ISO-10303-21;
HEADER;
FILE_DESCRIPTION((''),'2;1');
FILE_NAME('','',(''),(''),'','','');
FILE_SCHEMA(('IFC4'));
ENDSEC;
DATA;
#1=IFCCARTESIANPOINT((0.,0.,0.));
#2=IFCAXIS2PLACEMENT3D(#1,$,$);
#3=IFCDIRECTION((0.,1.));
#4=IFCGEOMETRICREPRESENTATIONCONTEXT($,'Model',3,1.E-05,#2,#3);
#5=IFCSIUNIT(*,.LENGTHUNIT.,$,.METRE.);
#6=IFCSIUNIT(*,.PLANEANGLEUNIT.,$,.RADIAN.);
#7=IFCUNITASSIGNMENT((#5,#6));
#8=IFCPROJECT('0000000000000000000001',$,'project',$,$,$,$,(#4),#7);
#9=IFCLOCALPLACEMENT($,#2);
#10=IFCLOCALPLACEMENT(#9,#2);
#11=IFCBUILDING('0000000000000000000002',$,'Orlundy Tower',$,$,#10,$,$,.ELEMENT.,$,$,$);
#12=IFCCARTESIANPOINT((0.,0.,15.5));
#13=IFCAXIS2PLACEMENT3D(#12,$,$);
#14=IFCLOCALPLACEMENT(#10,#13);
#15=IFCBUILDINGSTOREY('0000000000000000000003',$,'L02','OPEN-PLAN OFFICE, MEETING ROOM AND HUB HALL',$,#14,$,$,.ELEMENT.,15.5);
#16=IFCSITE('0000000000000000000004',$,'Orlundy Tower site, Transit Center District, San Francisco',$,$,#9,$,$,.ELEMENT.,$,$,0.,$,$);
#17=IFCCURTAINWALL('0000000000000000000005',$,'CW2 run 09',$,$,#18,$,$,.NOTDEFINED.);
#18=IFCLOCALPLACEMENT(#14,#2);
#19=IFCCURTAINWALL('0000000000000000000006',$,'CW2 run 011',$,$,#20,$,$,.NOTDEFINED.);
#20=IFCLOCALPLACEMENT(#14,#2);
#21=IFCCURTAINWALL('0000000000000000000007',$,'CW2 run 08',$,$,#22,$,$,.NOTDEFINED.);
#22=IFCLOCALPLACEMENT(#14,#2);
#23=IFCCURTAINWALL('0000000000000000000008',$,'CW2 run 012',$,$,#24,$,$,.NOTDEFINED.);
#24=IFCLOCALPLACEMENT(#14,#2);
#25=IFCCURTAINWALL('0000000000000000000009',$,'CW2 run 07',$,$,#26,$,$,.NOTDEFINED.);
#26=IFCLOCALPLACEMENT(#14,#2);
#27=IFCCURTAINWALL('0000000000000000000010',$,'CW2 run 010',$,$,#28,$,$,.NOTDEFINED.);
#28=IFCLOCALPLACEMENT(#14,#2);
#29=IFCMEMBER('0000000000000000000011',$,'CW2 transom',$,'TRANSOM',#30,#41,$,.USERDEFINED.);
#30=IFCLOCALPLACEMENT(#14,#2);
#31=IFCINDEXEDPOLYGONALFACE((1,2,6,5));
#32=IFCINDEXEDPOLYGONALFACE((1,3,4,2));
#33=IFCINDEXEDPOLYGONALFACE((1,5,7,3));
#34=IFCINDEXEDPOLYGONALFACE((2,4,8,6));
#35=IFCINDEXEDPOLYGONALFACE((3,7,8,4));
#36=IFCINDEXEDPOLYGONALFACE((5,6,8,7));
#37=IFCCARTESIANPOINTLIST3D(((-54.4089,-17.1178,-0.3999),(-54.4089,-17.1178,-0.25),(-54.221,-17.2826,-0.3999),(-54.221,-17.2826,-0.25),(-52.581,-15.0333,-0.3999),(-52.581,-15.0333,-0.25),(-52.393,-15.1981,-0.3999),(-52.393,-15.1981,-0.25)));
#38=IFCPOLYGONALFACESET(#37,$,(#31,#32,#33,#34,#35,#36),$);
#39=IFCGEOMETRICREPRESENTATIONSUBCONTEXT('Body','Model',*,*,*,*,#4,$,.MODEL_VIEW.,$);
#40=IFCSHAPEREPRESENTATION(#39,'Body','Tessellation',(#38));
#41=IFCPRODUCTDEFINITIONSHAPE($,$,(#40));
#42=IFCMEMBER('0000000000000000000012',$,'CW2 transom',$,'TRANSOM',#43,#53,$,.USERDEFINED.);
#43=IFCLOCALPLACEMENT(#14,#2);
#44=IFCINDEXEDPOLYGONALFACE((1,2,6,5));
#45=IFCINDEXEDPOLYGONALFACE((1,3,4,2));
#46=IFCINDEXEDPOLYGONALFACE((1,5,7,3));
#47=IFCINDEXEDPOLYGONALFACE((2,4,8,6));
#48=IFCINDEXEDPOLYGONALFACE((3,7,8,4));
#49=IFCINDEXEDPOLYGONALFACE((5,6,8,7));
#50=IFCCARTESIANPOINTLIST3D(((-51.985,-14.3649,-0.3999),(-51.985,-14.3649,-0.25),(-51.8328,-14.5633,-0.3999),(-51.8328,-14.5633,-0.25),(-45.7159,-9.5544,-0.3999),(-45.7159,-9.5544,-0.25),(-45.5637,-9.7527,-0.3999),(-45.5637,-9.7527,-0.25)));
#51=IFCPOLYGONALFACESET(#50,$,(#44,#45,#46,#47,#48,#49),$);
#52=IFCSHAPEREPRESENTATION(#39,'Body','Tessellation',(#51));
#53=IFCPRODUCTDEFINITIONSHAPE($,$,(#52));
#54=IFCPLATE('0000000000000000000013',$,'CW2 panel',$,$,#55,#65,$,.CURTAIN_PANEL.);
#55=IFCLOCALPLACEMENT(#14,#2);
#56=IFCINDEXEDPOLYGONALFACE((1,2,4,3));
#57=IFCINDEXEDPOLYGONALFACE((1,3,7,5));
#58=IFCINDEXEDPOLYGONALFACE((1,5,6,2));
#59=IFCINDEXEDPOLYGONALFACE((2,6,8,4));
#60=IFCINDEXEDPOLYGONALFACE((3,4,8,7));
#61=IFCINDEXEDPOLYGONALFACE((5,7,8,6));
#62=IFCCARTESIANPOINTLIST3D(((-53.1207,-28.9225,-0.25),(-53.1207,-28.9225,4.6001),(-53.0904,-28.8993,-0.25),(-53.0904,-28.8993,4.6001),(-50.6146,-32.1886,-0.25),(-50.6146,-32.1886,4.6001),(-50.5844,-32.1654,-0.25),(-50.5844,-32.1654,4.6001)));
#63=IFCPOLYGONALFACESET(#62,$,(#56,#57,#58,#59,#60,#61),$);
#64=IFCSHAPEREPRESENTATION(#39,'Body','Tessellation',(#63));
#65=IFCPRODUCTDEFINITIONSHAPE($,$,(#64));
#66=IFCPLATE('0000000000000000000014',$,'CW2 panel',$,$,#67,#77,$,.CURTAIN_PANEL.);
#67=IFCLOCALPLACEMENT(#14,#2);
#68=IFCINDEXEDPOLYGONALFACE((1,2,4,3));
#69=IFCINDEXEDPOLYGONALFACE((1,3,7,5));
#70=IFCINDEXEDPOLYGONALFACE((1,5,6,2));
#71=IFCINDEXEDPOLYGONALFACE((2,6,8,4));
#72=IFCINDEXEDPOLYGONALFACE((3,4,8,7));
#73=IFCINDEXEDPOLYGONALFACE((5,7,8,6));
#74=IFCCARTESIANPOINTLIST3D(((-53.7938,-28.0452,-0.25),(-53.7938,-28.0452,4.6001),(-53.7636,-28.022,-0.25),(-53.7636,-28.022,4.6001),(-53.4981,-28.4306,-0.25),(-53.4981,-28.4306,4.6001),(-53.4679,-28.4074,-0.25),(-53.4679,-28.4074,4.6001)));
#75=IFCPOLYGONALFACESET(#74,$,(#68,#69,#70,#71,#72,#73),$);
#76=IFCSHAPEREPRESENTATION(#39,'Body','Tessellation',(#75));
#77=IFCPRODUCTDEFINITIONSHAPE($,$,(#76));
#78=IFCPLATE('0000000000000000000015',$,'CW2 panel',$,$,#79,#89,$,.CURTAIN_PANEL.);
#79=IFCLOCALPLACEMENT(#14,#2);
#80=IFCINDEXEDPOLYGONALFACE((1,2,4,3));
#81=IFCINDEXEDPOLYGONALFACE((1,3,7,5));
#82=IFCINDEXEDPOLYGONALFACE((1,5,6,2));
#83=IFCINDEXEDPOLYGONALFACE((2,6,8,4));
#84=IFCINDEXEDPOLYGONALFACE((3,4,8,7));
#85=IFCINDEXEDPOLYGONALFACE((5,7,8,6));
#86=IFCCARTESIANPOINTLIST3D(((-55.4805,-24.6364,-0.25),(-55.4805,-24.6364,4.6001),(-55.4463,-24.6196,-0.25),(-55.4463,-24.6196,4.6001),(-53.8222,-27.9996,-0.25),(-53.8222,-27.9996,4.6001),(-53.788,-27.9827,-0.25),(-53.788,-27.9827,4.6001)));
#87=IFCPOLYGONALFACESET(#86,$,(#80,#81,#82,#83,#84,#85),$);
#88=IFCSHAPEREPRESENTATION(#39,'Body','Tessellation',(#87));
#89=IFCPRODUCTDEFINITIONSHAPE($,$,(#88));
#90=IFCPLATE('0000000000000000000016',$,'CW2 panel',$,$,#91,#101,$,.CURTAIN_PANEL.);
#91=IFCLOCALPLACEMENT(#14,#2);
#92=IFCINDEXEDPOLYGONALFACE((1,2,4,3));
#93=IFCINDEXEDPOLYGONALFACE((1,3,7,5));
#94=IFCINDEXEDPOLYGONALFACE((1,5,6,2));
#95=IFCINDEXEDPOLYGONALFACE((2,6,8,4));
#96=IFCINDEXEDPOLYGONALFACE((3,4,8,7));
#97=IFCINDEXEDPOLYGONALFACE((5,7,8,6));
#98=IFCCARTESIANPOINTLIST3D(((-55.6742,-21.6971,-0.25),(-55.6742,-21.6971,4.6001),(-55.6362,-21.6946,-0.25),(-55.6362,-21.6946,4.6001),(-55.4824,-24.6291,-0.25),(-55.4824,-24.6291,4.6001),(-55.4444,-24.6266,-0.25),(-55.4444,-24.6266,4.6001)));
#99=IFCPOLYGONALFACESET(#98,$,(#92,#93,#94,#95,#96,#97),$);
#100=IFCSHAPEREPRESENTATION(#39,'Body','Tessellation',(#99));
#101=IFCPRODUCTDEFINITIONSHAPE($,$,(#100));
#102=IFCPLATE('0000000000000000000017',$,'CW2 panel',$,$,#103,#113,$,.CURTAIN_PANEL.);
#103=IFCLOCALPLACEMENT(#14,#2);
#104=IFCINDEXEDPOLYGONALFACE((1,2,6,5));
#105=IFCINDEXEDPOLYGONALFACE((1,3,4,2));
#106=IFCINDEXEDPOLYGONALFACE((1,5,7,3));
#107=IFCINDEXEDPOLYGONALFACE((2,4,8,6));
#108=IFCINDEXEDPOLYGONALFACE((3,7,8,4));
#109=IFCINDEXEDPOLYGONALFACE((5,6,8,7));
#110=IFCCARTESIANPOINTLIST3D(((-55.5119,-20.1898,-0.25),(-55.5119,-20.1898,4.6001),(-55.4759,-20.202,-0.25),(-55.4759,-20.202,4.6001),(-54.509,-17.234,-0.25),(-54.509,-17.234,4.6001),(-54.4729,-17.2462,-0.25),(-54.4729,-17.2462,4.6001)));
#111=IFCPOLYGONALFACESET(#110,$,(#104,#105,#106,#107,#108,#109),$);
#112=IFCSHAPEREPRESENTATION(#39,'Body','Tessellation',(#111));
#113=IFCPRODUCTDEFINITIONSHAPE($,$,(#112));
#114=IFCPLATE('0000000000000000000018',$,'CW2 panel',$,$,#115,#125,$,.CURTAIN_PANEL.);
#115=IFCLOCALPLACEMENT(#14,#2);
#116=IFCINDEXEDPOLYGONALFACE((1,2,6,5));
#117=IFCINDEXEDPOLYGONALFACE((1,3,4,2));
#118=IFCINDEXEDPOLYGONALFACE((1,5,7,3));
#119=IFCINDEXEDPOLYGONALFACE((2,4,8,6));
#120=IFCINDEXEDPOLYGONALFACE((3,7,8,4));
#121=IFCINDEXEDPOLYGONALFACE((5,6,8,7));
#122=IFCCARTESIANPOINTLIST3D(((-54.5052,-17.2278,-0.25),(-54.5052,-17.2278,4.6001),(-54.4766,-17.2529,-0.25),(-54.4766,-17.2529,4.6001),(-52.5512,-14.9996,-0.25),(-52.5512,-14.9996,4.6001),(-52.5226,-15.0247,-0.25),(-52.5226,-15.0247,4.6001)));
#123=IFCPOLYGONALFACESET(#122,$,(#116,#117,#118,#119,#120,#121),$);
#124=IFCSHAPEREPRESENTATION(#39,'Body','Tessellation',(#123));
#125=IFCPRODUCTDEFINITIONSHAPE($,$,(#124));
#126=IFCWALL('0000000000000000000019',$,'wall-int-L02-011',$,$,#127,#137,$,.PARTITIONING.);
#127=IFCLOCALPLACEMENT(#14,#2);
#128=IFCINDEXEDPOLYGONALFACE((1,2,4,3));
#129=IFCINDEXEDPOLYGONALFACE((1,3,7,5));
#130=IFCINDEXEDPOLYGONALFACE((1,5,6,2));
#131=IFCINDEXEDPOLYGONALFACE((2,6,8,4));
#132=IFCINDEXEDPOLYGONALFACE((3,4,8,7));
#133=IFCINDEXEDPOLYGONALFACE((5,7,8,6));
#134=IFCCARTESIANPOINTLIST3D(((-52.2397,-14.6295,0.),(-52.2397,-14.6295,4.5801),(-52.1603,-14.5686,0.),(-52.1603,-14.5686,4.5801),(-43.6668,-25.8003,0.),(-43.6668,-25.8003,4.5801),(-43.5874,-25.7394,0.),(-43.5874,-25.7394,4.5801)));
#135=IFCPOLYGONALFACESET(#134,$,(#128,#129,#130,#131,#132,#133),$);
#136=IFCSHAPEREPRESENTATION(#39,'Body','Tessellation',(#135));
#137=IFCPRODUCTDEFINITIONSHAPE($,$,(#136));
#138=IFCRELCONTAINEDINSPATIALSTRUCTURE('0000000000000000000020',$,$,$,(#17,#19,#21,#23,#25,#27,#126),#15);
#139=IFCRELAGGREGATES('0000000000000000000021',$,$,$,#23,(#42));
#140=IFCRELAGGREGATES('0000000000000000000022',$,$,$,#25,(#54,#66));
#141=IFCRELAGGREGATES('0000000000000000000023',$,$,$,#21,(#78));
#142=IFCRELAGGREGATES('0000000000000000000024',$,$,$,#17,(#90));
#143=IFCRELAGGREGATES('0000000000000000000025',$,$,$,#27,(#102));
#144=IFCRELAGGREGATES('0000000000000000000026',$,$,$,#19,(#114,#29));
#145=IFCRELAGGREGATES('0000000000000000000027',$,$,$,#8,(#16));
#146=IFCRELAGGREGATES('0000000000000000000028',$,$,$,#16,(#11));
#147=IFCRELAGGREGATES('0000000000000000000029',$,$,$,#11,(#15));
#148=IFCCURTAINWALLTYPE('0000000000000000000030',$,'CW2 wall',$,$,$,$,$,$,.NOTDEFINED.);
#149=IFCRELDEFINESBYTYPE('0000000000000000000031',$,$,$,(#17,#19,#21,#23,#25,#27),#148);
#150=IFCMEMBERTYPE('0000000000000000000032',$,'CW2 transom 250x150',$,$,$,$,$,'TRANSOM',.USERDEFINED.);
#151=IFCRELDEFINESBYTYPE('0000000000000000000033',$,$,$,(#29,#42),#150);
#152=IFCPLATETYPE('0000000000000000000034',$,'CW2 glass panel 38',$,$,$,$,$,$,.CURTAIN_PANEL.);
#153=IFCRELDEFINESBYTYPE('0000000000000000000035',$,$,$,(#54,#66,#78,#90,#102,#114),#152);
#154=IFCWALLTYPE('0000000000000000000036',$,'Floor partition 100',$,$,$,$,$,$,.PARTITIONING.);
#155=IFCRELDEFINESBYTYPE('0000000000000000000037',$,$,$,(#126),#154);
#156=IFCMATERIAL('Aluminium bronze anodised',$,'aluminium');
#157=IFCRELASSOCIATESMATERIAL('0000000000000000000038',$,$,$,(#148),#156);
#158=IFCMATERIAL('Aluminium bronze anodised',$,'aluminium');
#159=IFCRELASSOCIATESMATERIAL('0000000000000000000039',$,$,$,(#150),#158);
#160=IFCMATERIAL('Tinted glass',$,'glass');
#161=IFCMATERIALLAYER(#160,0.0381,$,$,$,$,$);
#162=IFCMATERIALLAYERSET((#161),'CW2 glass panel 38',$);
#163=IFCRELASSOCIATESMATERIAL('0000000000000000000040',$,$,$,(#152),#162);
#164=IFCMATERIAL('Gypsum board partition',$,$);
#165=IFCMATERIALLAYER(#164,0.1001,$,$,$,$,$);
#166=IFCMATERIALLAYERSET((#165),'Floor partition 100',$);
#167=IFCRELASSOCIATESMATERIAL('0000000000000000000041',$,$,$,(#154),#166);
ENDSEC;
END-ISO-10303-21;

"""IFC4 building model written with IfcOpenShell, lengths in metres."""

from ifc_helpers import new_model, si_unit, direction, frame, frame_2d, origin, origin_2d, place, context, subcontext, project, spatial, rectangle, extrude, material, layer, layer_set, material_profile, profile_set, type_object, element, aggregate, save


model = new_model("IFC4")

# Units and contexts
model_context = context("Model", 3, precision=1e-05, world=origin(), true_north=direction((0.0, 1.0)))
body_context = subcontext(model_context, "Body", "Model", "MODEL_VIEW")
ifc_project = project(units=[si_unit("LENGTHUNIT", "METRE"), si_unit("PLANEANGLEUNIT", "RADIAN")], contexts=[model_context])

# Site, building, storey
site_placement = place(None, origin())
site = spatial("IfcSite", under=ifc_project, at=site_placement, Name="Orlundy Tower site, Transit Center District, San Francisco", CompositionType="ELEMENT", RefElevation=0.0)
building_placement = place(site_placement, origin())
building = spatial("IfcBuilding", under=site, at=building_placement, Name="Orlundy Tower", CompositionType="ELEMENT")
storey_placement = place(building_placement, frame((0.0, 0.0, 15.5)))
storey = spatial("IfcBuildingStorey", under=building, at=storey_placement, Name="L02", Description="OPEN-PLAN OFFICE, MEETING ROOM AND HUB HALL", CompositionType="ELEMENT", Elevation=15.5)

# Curtain walls
ifc_material_1 = material(Name="Aluminium bronze anodised", Category="aluminium")
curtain_wall_type = type_object("IfcCurtainWallType", Name="CW2 wall", PredefinedType="NOTDEFINED", material=ifc_material_1)
curtain_wall_1_placement = place(storey_placement, origin())
curtain_wall_1 = element("IfcCurtainWall", 1, at=curtain_wall_1_placement, inside=storey, type_object=curtain_wall_type, Name="CW2 run 09", PredefinedType="NOTDEFINED")
curtain_wall_2_placement = place(storey_placement, origin())
curtain_wall_2 = element("IfcCurtainWall", 2, at=curtain_wall_2_placement, inside=storey, type_object=curtain_wall_type, Name="CW2 run 011", PredefinedType="NOTDEFINED")
curtain_wall_3_placement = place(storey_placement, origin())
curtain_wall_3 = element("IfcCurtainWall", 3, at=curtain_wall_3_placement, inside=storey, type_object=curtain_wall_type, Name="CW2 run 08", PredefinedType="NOTDEFINED")
curtain_wall_4_placement = place(storey_placement, origin())
curtain_wall_4 = element("IfcCurtainWall", 4, at=curtain_wall_4_placement, inside=storey, type_object=curtain_wall_type, Name="CW2 run 012", PredefinedType="NOTDEFINED")
curtain_wall_5_placement = place(storey_placement, origin())
curtain_wall_5 = element("IfcCurtainWall", 5, at=curtain_wall_5_placement, inside=storey, type_object=curtain_wall_type, Name="CW2 run 07", PredefinedType="NOTDEFINED")
ifc_material_2 = material(Name="Aluminium bronze anodised", Category="aluminium")
ifc_material_profile_1 = material_profile(ifc_material_2, rectangle(XDim=0.25, YDim=0.1499, at=origin_2d()), Name="CW2 transom 250x150")
ifc_profile_set_1 = profile_set([ifc_material_profile_1], Name="Aluminium bronze anodised")
member_type_1 = type_object("IfcMemberType", Name="CW2 transom 250x150", ElementType="TRANSOM", PredefinedType="USERDEFINED", material=ifc_profile_set_1)

# Curtain wall
curtain_wall_6_placement = place(storey_placement, origin())
curtain_wall_6 = element("IfcCurtainWall", 6, at=curtain_wall_6_placement, inside=storey, type_object=curtain_wall_type, Name="CW2 run 010", PredefinedType="NOTDEFINED")

# Members
member_1_placement = place(storey_placement, frame((-54.3149, -17.2002, -0.325), z_axis=(0.659315, 0.751867, 0.0), x_axis=(-0.751867, 0.659315, 0.0)))
member_1 = element("IfcMember", 7, at=member_1_placement, type_object=member_type_1, Name="CW2 transom", ObjectType="TRANSOM", PredefinedType="USERDEFINED", context=body_context, shape_type="SweptSolid", body=[
    extrude(rectangle(XDim=0.25, YDim=0.1499, at=origin_2d()), origin(), (0.0, 0.0, 1.0), 2.7725),
])
member_2_placement = place(storey_placement, frame((-51.9089, -14.4641, -0.325), z_axis=(0.793345, 0.608773, 0.0), x_axis=(-0.608773, 0.793345, 0.0)))
member_2 = element("IfcMember", 8, at=member_2_placement, type_object=member_type_1, Name="CW2 transom", ObjectType="TRANSOM", PredefinedType="USERDEFINED", context=body_context, shape_type="SweptSolid", body=[
    extrude(rectangle(XDim=0.25, YDim=0.1499, at=origin_2d()), origin(), (0.0, 0.0, 1.0), 7.9021),
])
aggregate(curtain_wall_4, [member_2])

# Plates
ifc_material_3 = material(Name="Tinted glass", Category="glass")
ifc_layer_1 = layer(ifc_material_3, 0.0381)
ifc_layer_set_1 = layer_set([ifc_layer_1], Name="CW2 glass panel 38")
plate_type = type_object("IfcPlateType", Name="CW2 glass panel 38", PredefinedType="CURTAIN_PANEL", material=ifc_layer_set_1)
plate_1_placement = place(storey_placement, frame((-51.8525, -30.5439, -0.25), z_axis=(0.0, 0.0, 1.0), x_axis=(-0.608748, 0.793363, 0.0)))
plate_1 = element("IfcPlate", 9, at=plate_1_placement, type_object=plate_type, Name="CW2 panel", PredefinedType="CURTAIN_PANEL", context=body_context, shape_type="SweptSolid", body=[
    extrude(rectangle(XDim=4.1167, YDim=0.0381, at=origin_2d()), origin(), (0.0, 0.0, 1.0), 4.8501),
])
plate_2_placement = place(storey_placement, frame((-53.6309, -28.2263, -0.25), z_axis=(0.0, 0.0, 1.0), x_axis=(-0.608748, 0.793363, 0.0)))
plate_2 = element("IfcPlate", 10, at=plate_2_placement, type_object=plate_type, Name="CW2 panel", PredefinedType="CURTAIN_PANEL", context=body_context, shape_type="SweptSolid", body=[
    extrude(rectangle(XDim=0.4858, YDim=0.0381, at=origin_2d()), origin(), (0.0, 0.0, 1.0), 4.8501),
])
aggregate(curtain_wall_5, [plate_1, plate_2])
plate_3_placement = place(storey_placement, frame((-54.6343, -26.3096, -0.25), z_axis=(0.0, 0.0, 1.0), x_axis=(-0.442242, 0.896896, 0.0)))
plate_3 = element("IfcPlate", 11, at=plate_3_placement, type_object=plate_type, Name="CW2 panel", PredefinedType="CURTAIN_PANEL", context=body_context, shape_type="SweptSolid", body=[
    extrude(rectangle(XDim=3.7498, YDim=0.0381, at=origin_2d()), origin(), (0.0, 0.0, 1.0), 4.8501),
])
aggregate(curtain_wall_3, [plate_3])
plate_4_placement = place(storey_placement, frame((-55.5593, -23.1619, -0.25), z_axis=(0.0, 0.0, 1.0), x_axis=(-0.065284, 0.997867, 0.0)))
plate_4 = element("IfcPlate", 12, at=plate_4_placement, type_object=plate_type, Name="CW2 panel", PredefinedType="CURTAIN_PANEL", context=body_context, shape_type="SweptSolid", body=[
    extrude(rectangle(XDim=2.9382, YDim=0.0381, at=origin_2d()), origin(), (0.0, 0.0, 1.0), 4.8501),
])
aggregate(curtain_wall_1, [plate_4])
plate_5_placement = place(storey_placement, frame((-54.9924, -18.718, -0.25), z_axis=(0.0, 0.0, 1.0), x_axis=(0.321322, 0.94697, 0.0)))
plate_5 = element("IfcPlate", 13, at=plate_5_placement, type_object=plate_type, Name="CW2 panel", PredefinedType="CURTAIN_PANEL", context=body_context, shape_type="SweptSolid", body=[
    extrude(rectangle(XDim=3.1213, YDim=0.0381, at=origin_2d()), origin(), (0.0, 0.0, 1.0), 4.8501),
])
aggregate(curtain_wall_6, [plate_5])
plate_6_placement = place(storey_placement, frame((-53.5139, -16.1262, -0.25), z_axis=(0.0, 0.0, 1.0), x_axis=(0.659325, 0.751858, 0.0)))
plate_6 = element("IfcPlate", 14, at=plate_6_placement, type_object=plate_type, Name="CW2 panel", PredefinedType="CURTAIN_PANEL", context=body_context, shape_type="SweptSolid", body=[
    extrude(rectangle(XDim=2.9636, YDim=0.0381, at=origin_2d()), origin(), (0.0, 0.0, 1.0), 4.8501),
])
aggregate(curtain_wall_2, [plate_6, member_1])

# Wall
ifc_material_4 = material(Name="Gypsum board partition")
ifc_layer_2 = layer(ifc_material_4, 0.1001)
ifc_layer_set_2 = layer_set([ifc_layer_2], Name="Floor partition 100")
wall_type_1 = type_object("IfcWallType", Name="Floor partition 100", PredefinedType="PARTITIONING", material=ifc_layer_set_2)
wall_1_placement = place(storey_placement, frame((-52.2, -14.5991, 0.0), z_axis=(0.0, 0.0, 1.0), x_axis=(0.608818, -0.79331, 0.0)))
element("IfcWall", 15, at=wall_1_placement, inside=storey, type_object=wall_type_1, Name="wall-int-L02-011", PredefinedType="PARTITIONING", context=body_context, shape_type="SweptSolid", body=[
    extrude(rectangle(XDim=14.0813, YDim=0.1001, at=frame_2d((7.0405, 0.0))), origin(), (0.0, 0.0, 1.0), 4.5801),
])

save(model, "model.ifc")
